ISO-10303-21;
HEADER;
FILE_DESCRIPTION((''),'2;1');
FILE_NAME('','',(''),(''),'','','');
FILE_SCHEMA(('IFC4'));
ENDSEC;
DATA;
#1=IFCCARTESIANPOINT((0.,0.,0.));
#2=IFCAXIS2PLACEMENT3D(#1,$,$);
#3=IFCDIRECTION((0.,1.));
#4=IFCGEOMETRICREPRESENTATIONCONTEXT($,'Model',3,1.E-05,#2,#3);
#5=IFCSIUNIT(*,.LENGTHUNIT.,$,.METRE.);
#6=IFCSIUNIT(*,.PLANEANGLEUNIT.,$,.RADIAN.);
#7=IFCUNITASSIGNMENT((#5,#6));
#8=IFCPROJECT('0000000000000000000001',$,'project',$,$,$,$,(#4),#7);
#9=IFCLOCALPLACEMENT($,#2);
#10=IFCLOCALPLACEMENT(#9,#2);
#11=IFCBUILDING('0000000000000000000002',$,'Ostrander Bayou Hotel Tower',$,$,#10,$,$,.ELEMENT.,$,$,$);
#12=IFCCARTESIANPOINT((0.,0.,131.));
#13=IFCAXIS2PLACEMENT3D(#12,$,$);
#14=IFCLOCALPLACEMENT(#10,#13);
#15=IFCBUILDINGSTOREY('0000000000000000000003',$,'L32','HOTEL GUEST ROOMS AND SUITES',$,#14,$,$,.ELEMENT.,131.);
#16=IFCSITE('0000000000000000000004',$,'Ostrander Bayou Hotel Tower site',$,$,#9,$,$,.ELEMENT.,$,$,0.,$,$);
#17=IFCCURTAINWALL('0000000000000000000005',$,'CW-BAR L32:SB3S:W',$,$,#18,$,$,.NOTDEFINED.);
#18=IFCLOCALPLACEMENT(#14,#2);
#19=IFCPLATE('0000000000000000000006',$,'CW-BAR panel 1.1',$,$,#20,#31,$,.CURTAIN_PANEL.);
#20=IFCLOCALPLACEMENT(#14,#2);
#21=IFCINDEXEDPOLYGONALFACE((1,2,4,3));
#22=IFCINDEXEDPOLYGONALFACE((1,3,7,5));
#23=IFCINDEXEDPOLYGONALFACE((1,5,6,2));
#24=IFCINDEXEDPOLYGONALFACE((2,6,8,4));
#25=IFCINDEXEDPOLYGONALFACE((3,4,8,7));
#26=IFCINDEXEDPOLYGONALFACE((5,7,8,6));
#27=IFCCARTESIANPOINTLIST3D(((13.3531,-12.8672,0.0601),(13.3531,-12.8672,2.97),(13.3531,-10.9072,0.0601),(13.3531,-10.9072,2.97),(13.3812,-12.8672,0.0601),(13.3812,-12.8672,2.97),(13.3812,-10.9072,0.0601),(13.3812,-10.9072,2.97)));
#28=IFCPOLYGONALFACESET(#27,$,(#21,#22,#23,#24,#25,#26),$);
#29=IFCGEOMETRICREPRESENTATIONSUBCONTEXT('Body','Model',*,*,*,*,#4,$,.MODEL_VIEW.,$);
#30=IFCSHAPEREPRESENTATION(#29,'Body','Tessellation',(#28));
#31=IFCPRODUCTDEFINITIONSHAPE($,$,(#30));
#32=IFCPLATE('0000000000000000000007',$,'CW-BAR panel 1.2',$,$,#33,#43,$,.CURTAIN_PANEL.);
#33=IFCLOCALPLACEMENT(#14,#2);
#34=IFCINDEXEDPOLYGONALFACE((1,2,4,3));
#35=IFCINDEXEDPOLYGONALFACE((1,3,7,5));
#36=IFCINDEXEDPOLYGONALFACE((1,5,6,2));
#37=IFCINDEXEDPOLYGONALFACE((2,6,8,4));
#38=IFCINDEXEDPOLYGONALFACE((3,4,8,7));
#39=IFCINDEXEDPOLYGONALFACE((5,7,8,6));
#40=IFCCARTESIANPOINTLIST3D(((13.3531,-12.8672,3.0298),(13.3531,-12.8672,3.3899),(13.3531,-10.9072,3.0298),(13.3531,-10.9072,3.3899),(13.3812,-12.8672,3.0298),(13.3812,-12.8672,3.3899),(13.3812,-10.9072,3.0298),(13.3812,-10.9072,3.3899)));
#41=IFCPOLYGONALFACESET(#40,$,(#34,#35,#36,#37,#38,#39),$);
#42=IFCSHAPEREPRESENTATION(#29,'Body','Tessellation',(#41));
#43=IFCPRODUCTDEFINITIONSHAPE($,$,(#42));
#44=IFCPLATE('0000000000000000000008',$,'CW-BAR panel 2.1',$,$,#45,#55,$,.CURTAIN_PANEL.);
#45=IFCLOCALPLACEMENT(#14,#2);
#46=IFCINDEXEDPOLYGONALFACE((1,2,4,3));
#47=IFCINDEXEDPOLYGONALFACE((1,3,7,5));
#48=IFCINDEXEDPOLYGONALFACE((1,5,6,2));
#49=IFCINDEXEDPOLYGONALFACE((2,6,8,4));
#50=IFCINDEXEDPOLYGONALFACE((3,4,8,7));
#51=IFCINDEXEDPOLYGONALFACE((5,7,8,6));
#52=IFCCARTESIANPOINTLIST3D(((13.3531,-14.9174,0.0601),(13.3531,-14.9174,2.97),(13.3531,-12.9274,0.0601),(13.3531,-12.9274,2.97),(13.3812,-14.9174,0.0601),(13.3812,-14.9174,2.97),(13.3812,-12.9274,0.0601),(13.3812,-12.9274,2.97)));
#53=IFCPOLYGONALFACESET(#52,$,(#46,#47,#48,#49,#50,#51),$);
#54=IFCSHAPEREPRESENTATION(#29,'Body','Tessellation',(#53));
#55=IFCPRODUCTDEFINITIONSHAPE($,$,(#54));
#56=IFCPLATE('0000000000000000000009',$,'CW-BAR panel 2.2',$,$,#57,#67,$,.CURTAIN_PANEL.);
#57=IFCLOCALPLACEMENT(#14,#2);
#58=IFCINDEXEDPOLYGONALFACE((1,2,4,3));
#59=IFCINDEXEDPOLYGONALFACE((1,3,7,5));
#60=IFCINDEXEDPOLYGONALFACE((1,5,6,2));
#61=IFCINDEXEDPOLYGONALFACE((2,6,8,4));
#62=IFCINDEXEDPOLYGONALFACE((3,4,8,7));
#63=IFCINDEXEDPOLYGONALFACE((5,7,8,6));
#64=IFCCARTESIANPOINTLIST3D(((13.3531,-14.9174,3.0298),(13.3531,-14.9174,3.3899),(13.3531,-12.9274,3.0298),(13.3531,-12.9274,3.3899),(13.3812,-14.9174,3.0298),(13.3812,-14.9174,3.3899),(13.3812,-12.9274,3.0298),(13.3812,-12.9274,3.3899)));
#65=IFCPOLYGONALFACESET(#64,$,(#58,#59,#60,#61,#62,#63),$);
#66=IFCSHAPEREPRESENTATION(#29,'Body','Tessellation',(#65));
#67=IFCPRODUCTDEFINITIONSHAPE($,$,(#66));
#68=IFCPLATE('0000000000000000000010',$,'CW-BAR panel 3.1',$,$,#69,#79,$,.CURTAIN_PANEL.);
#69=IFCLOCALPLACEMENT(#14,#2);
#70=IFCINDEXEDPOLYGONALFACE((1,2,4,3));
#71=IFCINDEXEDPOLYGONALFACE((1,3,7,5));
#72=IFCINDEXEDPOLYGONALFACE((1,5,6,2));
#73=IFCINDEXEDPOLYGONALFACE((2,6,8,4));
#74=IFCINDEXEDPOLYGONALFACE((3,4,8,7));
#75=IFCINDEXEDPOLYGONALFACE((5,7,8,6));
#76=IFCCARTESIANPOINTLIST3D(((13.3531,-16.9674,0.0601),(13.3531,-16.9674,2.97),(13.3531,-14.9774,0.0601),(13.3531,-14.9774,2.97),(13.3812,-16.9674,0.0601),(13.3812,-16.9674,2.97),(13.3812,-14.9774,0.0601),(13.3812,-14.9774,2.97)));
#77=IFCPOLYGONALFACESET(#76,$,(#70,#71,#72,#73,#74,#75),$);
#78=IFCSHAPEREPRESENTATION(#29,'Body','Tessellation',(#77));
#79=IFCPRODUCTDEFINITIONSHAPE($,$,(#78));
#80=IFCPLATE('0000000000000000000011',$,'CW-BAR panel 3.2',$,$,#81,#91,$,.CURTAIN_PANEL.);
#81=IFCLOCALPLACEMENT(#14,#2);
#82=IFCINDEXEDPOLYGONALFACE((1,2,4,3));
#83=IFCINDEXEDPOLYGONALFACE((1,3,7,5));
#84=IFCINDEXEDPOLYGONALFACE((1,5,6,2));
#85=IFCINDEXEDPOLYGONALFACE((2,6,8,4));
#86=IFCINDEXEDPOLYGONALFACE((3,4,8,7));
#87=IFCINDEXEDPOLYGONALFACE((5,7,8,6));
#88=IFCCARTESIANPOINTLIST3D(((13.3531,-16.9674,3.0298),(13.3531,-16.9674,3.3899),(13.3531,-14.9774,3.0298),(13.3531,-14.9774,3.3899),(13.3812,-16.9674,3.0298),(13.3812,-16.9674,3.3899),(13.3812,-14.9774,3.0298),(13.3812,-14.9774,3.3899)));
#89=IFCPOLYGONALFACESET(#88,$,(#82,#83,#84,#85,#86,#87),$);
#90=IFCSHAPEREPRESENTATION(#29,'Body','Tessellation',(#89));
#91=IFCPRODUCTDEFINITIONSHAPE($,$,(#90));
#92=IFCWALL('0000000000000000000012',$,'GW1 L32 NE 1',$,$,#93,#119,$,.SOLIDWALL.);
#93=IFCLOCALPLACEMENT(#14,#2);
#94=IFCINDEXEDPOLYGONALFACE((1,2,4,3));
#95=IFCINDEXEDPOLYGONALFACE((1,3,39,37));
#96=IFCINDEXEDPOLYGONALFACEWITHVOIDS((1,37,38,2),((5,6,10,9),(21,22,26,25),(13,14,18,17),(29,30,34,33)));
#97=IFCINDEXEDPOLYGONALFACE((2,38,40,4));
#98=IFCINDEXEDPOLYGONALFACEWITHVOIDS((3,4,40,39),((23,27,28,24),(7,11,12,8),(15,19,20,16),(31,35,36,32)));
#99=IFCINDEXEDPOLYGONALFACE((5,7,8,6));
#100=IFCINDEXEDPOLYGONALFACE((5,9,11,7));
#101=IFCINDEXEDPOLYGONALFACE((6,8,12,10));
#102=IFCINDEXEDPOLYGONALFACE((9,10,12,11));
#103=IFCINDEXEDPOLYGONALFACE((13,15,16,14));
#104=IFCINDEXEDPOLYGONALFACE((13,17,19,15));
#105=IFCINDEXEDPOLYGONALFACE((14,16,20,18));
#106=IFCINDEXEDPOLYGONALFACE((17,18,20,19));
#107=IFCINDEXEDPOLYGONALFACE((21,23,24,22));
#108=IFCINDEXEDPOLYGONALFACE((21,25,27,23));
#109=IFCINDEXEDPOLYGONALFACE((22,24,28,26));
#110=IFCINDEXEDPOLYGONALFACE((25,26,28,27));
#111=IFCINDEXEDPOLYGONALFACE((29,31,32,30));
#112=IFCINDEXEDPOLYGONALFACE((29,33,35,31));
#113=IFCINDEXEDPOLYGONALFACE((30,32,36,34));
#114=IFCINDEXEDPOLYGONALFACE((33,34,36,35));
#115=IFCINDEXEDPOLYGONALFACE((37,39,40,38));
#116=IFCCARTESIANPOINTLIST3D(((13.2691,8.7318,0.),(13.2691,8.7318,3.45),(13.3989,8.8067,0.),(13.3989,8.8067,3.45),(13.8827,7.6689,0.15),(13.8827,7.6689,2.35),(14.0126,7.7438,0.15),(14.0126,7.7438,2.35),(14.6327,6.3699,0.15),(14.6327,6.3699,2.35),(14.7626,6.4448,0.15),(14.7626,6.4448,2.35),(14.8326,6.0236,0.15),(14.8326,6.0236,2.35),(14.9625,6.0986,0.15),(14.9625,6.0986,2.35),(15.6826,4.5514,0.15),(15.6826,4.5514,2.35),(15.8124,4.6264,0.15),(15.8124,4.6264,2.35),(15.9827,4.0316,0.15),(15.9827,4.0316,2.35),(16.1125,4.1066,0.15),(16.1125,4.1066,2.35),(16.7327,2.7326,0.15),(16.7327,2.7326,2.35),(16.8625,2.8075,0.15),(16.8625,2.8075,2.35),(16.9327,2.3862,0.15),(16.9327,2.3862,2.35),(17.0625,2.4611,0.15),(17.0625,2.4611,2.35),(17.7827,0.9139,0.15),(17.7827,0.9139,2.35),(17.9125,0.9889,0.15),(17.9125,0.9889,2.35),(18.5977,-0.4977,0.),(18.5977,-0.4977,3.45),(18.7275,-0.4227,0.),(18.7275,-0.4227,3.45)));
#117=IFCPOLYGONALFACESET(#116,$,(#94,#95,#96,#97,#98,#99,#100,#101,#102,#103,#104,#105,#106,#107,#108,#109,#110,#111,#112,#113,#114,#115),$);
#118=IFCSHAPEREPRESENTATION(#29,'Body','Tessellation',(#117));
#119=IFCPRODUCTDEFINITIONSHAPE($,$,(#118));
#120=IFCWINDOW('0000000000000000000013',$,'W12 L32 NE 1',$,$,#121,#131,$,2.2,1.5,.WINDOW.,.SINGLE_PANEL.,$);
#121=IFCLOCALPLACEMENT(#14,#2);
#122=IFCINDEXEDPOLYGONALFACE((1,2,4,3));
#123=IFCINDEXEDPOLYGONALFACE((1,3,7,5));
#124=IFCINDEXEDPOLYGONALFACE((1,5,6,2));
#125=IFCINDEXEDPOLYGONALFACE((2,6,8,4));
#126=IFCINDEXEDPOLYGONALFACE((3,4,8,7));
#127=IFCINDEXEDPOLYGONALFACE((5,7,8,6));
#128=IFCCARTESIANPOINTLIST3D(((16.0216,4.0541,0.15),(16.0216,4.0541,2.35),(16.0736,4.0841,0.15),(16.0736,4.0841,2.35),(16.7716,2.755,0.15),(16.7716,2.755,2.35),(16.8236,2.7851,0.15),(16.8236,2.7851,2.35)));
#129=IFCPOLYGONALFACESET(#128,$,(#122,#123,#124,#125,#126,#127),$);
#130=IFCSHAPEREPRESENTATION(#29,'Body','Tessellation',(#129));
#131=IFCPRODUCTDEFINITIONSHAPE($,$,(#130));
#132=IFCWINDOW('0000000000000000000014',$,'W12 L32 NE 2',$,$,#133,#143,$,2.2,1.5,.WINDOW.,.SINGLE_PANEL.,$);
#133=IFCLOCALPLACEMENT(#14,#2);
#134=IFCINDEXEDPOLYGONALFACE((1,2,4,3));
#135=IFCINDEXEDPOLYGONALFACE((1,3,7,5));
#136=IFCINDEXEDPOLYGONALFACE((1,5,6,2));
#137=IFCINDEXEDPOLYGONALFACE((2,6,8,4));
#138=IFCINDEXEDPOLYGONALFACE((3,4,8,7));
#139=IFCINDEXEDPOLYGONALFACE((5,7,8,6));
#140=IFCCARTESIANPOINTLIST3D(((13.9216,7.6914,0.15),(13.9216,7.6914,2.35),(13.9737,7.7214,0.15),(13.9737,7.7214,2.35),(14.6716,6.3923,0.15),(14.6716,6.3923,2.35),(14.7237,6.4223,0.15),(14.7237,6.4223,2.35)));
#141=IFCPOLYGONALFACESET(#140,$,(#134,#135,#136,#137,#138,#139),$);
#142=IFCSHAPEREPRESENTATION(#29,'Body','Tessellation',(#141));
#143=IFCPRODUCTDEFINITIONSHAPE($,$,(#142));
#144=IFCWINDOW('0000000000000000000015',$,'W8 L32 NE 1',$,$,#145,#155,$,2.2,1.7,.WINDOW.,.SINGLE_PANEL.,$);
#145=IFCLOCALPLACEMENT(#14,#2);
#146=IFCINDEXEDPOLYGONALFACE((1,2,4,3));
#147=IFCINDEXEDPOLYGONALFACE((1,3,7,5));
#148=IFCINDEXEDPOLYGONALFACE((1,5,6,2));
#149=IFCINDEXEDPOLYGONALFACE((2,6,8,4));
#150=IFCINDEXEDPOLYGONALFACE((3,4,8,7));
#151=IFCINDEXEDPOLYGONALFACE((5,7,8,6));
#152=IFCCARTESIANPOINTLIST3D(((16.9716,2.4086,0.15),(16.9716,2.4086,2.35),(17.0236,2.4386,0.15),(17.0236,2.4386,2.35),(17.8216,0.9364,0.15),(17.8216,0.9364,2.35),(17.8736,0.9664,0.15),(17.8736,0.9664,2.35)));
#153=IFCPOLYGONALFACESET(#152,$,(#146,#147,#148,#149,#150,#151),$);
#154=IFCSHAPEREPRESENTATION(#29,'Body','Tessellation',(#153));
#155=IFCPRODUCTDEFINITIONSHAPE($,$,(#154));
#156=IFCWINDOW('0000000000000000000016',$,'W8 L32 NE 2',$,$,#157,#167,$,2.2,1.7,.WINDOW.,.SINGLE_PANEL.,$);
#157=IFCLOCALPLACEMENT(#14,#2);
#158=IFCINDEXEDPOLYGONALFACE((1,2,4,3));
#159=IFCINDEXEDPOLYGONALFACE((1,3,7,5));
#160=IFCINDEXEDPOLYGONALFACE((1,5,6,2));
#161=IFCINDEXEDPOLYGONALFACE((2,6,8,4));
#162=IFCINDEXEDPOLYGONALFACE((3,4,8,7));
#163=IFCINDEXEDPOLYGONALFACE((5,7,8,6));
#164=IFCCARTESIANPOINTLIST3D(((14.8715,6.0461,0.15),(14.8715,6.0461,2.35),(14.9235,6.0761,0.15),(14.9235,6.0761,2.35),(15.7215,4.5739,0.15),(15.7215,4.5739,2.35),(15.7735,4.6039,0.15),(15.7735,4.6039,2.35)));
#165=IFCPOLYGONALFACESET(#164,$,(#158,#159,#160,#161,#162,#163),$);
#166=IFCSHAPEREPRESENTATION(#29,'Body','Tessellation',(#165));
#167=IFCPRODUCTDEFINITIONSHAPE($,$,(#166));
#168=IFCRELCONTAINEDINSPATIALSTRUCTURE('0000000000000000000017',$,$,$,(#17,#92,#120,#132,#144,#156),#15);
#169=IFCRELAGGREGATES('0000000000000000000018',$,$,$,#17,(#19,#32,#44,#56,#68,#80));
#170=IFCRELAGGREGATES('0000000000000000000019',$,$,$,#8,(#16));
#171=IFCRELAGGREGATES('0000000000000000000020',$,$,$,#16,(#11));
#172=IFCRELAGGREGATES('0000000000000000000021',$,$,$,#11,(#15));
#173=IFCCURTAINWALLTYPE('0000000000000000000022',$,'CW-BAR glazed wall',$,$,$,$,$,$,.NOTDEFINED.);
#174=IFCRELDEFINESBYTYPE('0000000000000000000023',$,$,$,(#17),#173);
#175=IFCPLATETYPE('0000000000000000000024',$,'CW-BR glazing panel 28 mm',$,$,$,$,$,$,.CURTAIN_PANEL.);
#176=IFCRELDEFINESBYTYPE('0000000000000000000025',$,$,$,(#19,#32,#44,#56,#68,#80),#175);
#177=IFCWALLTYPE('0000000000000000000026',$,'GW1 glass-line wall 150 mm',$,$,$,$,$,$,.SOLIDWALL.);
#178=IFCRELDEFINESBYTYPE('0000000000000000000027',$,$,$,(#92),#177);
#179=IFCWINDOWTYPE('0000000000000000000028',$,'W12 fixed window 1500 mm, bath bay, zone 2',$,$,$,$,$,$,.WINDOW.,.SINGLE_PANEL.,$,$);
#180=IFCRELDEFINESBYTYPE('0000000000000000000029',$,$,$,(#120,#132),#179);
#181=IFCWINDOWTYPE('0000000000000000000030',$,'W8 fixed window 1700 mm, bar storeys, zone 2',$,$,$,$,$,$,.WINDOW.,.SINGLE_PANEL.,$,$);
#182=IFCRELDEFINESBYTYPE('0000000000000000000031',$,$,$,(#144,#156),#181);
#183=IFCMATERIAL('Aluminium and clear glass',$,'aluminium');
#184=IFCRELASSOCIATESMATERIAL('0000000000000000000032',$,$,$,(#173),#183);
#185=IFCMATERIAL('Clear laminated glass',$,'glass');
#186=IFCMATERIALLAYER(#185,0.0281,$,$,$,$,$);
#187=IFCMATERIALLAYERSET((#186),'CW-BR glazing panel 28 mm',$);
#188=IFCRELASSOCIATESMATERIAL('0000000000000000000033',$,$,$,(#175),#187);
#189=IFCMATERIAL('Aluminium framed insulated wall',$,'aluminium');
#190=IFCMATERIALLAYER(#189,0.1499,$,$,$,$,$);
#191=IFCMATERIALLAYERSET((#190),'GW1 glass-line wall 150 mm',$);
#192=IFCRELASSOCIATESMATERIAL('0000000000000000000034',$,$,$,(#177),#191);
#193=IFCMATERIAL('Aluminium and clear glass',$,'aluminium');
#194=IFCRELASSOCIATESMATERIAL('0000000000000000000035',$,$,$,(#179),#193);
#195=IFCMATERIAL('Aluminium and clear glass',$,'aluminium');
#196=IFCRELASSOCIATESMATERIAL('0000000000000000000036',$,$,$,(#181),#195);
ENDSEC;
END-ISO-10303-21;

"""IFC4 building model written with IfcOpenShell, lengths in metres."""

from ifc_helpers import new_model, si_unit, direction, frame, frame_2d, origin, origin_2d, place, context, subcontext, project, spatial, rectangle, extrude, material, layer, layer_set, type_object, element, fill, aggregate, save


model = new_model("IFC4")

# Units and contexts
model_context = context("Model", 3, precision=1e-05, world=origin(), true_north=direction((0.0, 1.0)))
body_context = subcontext(model_context, "Body", "Model", "MODEL_VIEW")
ifc_project = project(units=[si_unit("LENGTHUNIT", "METRE"), si_unit("PLANEANGLEUNIT", "RADIAN")], contexts=[model_context])

# Site, building, storey
site_placement = place(None, origin())
site = spatial("IfcSite", under=ifc_project, at=site_placement, Name="Ostrander Bayou Hotel Tower site", CompositionType="ELEMENT", RefElevation=0.0)
building_placement = place(site_placement, origin())
building = spatial("IfcBuilding", under=site, at=building_placement, Name="Ostrander Bayou Hotel Tower", CompositionType="ELEMENT")
storey_placement = place(building_placement, frame((0.0, 0.0, 131.0)))
storey = spatial("IfcBuildingStorey", under=building, at=storey_placement, Name="L32", Description="HOTEL GUEST ROOMS AND SUITES", CompositionType="ELEMENT", Elevation=131.0)

# Curtain wall, plates
ifc_material_1 = material(Name="Aluminium and clear glass", Category="aluminium")
curtain_wall_type = type_object("IfcCurtainWallType", Name="CW-BAR glazed wall", PredefinedType="NOTDEFINED", material=ifc_material_1)
curtain_wall_placement = place(storey_placement, origin())
curtain_wall = element("IfcCurtainWall", 1, at=curtain_wall_placement, inside=storey, type_object=curtain_wall_type, Name="CW-BAR L32:SB3S:W", PredefinedType="NOTDEFINED")
ifc_material_2 = material(Name="Clear laminated glass", Category="glass")
ifc_layer_1 = layer(ifc_material_2, 0.0281)
ifc_layer_set_1 = layer_set([ifc_layer_1], Name="CW-BR glazing panel 28 mm")
plate_type = type_object("IfcPlateType", Name="CW-BR glazing panel 28 mm", PredefinedType="CURTAIN_PANEL", material=ifc_layer_set_1)
plate_1_placement = place(storey_placement, frame((13.3672, -11.8872, 0.0601), z_axis=(0.0, 0.0, 1.0), x_axis=(0.0, -1.0, 0.0)))
plate_1 = element("IfcPlate", 2, at=plate_1_placement, type_object=plate_type, Name="CW-BAR panel 1.1", PredefinedType="CURTAIN_PANEL", context=body_context, shape_type="SweptSolid", body=[
    extrude(rectangle(XDim=1.96, YDim=0.0281, at=origin_2d()), origin(), (0.0, 0.0, 1.0), 2.9099),
])
plate_2_placement = place(storey_placement, frame((13.3672, -11.8872, 3.0298), z_axis=(0.0, 0.0, 1.0), x_axis=(0.0, -1.0, 0.0)))
plate_2 = element("IfcPlate", 3, at=plate_2_placement, type_object=plate_type, Name="CW-BAR panel 1.2", PredefinedType="CURTAIN_PANEL", context=body_context, shape_type="SweptSolid", body=[
    extrude(rectangle(XDim=1.96, YDim=0.0281, at=origin_2d()), origin(), (0.0, 0.0, 1.0), 0.3601),
])
plate_3_placement = place(storey_placement, frame((13.3672, -13.9224, 0.0601), z_axis=(0.0, 0.0, 1.0), x_axis=(0.0, -1.0, 0.0)))
plate_3 = element("IfcPlate", 4, at=plate_3_placement, type_object=plate_type, Name="CW-BAR panel 2.1", PredefinedType="CURTAIN_PANEL", context=body_context, shape_type="SweptSolid", body=[
    extrude(rectangle(XDim=1.99, YDim=0.0281, at=origin_2d()), origin(), (0.0, 0.0, 1.0), 2.9099),
])
plate_4_placement = place(storey_placement, frame((13.3672, -13.9224, 3.0298), z_axis=(0.0, 0.0, 1.0), x_axis=(0.0, -1.0, 0.0)))
plate_4 = element("IfcPlate", 5, at=plate_4_placement, type_object=plate_type, Name="CW-BAR panel 2.2", PredefinedType="CURTAIN_PANEL", context=body_context, shape_type="SweptSolid", body=[
    extrude(rectangle(XDim=1.99, YDim=0.0281, at=origin_2d()), origin(), (0.0, 0.0, 1.0), 0.3601),
])
plate_5_placement = place(storey_placement, frame((13.3672, -15.9724, 0.0601), z_axis=(0.0, 0.0, 1.0), x_axis=(0.0, -1.0, 0.0)))
plate_5 = element("IfcPlate", 6, at=plate_5_placement, type_object=plate_type, Name="CW-BAR panel 3.1", PredefinedType="CURTAIN_PANEL", context=body_context, shape_type="SweptSolid", body=[
    extrude(rectangle(XDim=1.99, YDim=0.0281, at=origin_2d()), origin(), (0.0, 0.0, 1.0), 2.9099),
])
plate_6_placement = place(storey_placement, frame((13.3672, -15.9724, 3.0298), z_axis=(0.0, 0.0, 1.0), x_axis=(0.0, -1.0, 0.0)))
plate_6 = element("IfcPlate", 7, at=plate_6_placement, type_object=plate_type, Name="CW-BAR panel 3.2", PredefinedType="CURTAIN_PANEL", context=body_context, shape_type="SweptSolid", body=[
    extrude(rectangle(XDim=1.99, YDim=0.0281, at=origin_2d()), origin(), (0.0, 0.0, 1.0), 0.3601),
])
aggregate(curtain_wall, [plate_1, plate_2, plate_3, plate_4, plate_5, plate_6])

# Wall, openings, windows
ifc_material_3 = material(Name="Aluminium framed insulated wall", Category="aluminium")
ifc_layer_2 = layer(ifc_material_3, 0.1499)
ifc_layer_set_2 = layer_set([ifc_layer_2], Name="GW1 glass-line wall 150 mm")
wall_type_1 = type_object("IfcWallType", Name="GW1 glass-line wall 150 mm", PredefinedType="SOLIDWALL", material=ifc_layer_set_2)
wall_1_placement = place(storey_placement, frame((18.6626, -0.4602, 0.0), z_axis=(0.0, 0.0, 1.0), x_axis=(-0.499997, 0.866027, 0.0)))
wall_1 = element("IfcWall", 8, at=wall_1_placement, inside=storey, type_object=wall_type_1, Name="GW1 L32 NE 1", PredefinedType="SOLIDWALL", context=body_context, shape_type="SweptSolid", body=[
    extrude(rectangle(XDim=10.6572, YDim=0.1499, at=frame_2d((5.3286, 0.0))), origin(), (0.0, 0.0, 1.0), 3.45),
])
opening_1_placement = place(wall_1_placement, frame((1.6299, 0.0, 0.1499)))
opening_1 = element("IfcOpeningElement", 9, at=opening_1_placement, cuts=wall_1, PredefinedType="OPENING", context=body_context, shape_type="SweptSolid", body=[
    extrude(rectangle(XDim=1.7, YDim=2.2, at=frame_2d((0.8501, 1.1001))), frame((0.0, 0.075, 0.0), z_axis=(0.0, -1.0, 0.0), x_axis=(1.0, 0.0, 0.0)), (0.0, 0.0, 1.0), 0.1499),
])
opening_2_placement = place(wall_1_placement, frame((3.73, 0.0, 0.1499)))
opening_2 = element("IfcOpeningElement", 10, at=opening_2_placement, cuts=wall_1, PredefinedType="OPENING", context=body_context, shape_type="SweptSolid", body=[
    extrude(rectangle(XDim=1.5, YDim=2.2, at=frame_2d((0.75, 1.1001))), frame((0.0, 0.075, 0.0), z_axis=(0.0, -1.0, 0.0), x_axis=(1.0, 0.0, 0.0)), (0.0, 0.0, 1.0), 0.1499),
])
opening_3_placement = place(wall_1_placement, frame((5.8301, 0.0, 0.1499)))
opening_3 = element("IfcOpeningElement", 11, at=opening_3_placement, cuts=wall_1, PredefinedType="OPENING", context=body_context, shape_type="SweptSolid", body=[
    extrude(rectangle(XDim=1.7, YDim=2.2, at=frame_2d((0.8501, 1.1001))), frame((0.0, 0.075, 0.0), z_axis=(0.0, -1.0, 0.0), x_axis=(1.0, 0.0, 0.0)), (0.0, 0.0, 1.0), 0.1499),
])
opening_4_placement = place(wall_1_placement, frame((7.9299, 0.0, 0.1499)))
opening_4 = element("IfcOpeningElement", 12, at=opening_4_placement, cuts=wall_1, PredefinedType="OPENING", context=body_context, shape_type="SweptSolid", body=[
    extrude(rectangle(XDim=1.5, YDim=2.2, at=frame_2d((0.75, 1.1001))), frame((0.0, 0.075, 0.0), z_axis=(0.0, -1.0, 0.0), x_axis=(1.0, 0.0, 0.0)), (0.0, 0.0, 1.0), 0.1499),
])
ifc_material_4 = material(Name="Aluminium and clear glass", Category="aluminium")
window_type_1 = type_object("IfcWindowType", Name="W12 fixed window 1500 mm, bath bay, zone 2", PartitioningType="SINGLE_PANEL", PredefinedType="WINDOW", material=ifc_material_4)
window_1_placement = place(opening_2_placement, origin())
window_1 = element("IfcWindow", 13, at=window_1_placement, inside=storey, type_object=window_type_1, Name="W12 L32 NE 1", OverallHeight=2.2, OverallWidth=1.5, PartitioningType="SINGLE_PANEL", PredefinedType="WINDOW", context=body_context, shape_type="SweptSolid", body=[
    extrude(rectangle(XDim=1.5, YDim=2.2, at=frame_2d((0.75, 1.1001))), frame((0.0, 0.03, 0.0), z_axis=(0.0, -1.0, 0.0), x_axis=(1.0, 0.0, 0.0)), (0.0, 0.0, 1.0), 0.0601),
])
fill(opening_2, window_1)
window_2_placement = place(opening_4_placement, origin())
window_2 = element("IfcWindow", 14, at=window_2_placement, inside=storey, type_object=window_type_1, Name="W12 L32 NE 2", OverallHeight=2.2, OverallWidth=1.5, PartitioningType="SINGLE_PANEL", PredefinedType="WINDOW", context=body_context, shape_type="SweptSolid", body=[
    extrude(rectangle(XDim=1.5, YDim=2.2, at=frame_2d((0.75, 1.1001))), frame((0.0, 0.03, 0.0), z_axis=(0.0, -1.0, 0.0), x_axis=(1.0, 0.0, 0.0)), (0.0, 0.0, 1.0), 0.0601),
])
fill(opening_4, window_2)
ifc_material_5 = material(Name="Aluminium and clear glass", Category="aluminium")
window_type_2 = type_object("IfcWindowType", Name="W8 fixed window 1700 mm, bar storeys, zone 2", PartitioningType="SINGLE_PANEL", PredefinedType="WINDOW", material=ifc_material_5)
window_3_placement = place(opening_1_placement, origin())
window_3 = element("IfcWindow", 15, at=window_3_placement, inside=storey, type_object=window_type_2, Name="W8 L32 NE 1", OverallHeight=2.2, OverallWidth=1.7, PartitioningType="SINGLE_PANEL", PredefinedType="WINDOW", context=body_context, shape_type="SweptSolid", body=[
    extrude(rectangle(XDim=1.7, YDim=2.2, at=frame_2d((0.8501, 1.1001))), frame((0.0, 0.03, 0.0), z_axis=(0.0, -1.0, 0.0), x_axis=(1.0, 0.0, 0.0)), (0.0, 0.0, 1.0), 0.0601),
])
fill(opening_1, window_3)
window_4_placement = place(opening_3_placement, origin())
window_4 = element("IfcWindow", 16, at=window_4_placement, inside=storey, type_object=window_type_2, Name="W8 L32 NE 2", OverallHeight=2.2, OverallWidth=1.7, PartitioningType="SINGLE_PANEL", PredefinedType="WINDOW", context=body_context, shape_type="SweptSolid", body=[
    extrude(rectangle(XDim=1.7, YDim=2.2, at=frame_2d((0.8501, 1.1001))), frame((0.0, 0.03, 0.0), z_axis=(0.0, -1.0, 0.0), x_axis=(1.0, 0.0, 0.0)), (0.0, 0.0, 1.0), 0.0601),
])
fill(opening_3, window_4)

save(model, "model.ifc")
